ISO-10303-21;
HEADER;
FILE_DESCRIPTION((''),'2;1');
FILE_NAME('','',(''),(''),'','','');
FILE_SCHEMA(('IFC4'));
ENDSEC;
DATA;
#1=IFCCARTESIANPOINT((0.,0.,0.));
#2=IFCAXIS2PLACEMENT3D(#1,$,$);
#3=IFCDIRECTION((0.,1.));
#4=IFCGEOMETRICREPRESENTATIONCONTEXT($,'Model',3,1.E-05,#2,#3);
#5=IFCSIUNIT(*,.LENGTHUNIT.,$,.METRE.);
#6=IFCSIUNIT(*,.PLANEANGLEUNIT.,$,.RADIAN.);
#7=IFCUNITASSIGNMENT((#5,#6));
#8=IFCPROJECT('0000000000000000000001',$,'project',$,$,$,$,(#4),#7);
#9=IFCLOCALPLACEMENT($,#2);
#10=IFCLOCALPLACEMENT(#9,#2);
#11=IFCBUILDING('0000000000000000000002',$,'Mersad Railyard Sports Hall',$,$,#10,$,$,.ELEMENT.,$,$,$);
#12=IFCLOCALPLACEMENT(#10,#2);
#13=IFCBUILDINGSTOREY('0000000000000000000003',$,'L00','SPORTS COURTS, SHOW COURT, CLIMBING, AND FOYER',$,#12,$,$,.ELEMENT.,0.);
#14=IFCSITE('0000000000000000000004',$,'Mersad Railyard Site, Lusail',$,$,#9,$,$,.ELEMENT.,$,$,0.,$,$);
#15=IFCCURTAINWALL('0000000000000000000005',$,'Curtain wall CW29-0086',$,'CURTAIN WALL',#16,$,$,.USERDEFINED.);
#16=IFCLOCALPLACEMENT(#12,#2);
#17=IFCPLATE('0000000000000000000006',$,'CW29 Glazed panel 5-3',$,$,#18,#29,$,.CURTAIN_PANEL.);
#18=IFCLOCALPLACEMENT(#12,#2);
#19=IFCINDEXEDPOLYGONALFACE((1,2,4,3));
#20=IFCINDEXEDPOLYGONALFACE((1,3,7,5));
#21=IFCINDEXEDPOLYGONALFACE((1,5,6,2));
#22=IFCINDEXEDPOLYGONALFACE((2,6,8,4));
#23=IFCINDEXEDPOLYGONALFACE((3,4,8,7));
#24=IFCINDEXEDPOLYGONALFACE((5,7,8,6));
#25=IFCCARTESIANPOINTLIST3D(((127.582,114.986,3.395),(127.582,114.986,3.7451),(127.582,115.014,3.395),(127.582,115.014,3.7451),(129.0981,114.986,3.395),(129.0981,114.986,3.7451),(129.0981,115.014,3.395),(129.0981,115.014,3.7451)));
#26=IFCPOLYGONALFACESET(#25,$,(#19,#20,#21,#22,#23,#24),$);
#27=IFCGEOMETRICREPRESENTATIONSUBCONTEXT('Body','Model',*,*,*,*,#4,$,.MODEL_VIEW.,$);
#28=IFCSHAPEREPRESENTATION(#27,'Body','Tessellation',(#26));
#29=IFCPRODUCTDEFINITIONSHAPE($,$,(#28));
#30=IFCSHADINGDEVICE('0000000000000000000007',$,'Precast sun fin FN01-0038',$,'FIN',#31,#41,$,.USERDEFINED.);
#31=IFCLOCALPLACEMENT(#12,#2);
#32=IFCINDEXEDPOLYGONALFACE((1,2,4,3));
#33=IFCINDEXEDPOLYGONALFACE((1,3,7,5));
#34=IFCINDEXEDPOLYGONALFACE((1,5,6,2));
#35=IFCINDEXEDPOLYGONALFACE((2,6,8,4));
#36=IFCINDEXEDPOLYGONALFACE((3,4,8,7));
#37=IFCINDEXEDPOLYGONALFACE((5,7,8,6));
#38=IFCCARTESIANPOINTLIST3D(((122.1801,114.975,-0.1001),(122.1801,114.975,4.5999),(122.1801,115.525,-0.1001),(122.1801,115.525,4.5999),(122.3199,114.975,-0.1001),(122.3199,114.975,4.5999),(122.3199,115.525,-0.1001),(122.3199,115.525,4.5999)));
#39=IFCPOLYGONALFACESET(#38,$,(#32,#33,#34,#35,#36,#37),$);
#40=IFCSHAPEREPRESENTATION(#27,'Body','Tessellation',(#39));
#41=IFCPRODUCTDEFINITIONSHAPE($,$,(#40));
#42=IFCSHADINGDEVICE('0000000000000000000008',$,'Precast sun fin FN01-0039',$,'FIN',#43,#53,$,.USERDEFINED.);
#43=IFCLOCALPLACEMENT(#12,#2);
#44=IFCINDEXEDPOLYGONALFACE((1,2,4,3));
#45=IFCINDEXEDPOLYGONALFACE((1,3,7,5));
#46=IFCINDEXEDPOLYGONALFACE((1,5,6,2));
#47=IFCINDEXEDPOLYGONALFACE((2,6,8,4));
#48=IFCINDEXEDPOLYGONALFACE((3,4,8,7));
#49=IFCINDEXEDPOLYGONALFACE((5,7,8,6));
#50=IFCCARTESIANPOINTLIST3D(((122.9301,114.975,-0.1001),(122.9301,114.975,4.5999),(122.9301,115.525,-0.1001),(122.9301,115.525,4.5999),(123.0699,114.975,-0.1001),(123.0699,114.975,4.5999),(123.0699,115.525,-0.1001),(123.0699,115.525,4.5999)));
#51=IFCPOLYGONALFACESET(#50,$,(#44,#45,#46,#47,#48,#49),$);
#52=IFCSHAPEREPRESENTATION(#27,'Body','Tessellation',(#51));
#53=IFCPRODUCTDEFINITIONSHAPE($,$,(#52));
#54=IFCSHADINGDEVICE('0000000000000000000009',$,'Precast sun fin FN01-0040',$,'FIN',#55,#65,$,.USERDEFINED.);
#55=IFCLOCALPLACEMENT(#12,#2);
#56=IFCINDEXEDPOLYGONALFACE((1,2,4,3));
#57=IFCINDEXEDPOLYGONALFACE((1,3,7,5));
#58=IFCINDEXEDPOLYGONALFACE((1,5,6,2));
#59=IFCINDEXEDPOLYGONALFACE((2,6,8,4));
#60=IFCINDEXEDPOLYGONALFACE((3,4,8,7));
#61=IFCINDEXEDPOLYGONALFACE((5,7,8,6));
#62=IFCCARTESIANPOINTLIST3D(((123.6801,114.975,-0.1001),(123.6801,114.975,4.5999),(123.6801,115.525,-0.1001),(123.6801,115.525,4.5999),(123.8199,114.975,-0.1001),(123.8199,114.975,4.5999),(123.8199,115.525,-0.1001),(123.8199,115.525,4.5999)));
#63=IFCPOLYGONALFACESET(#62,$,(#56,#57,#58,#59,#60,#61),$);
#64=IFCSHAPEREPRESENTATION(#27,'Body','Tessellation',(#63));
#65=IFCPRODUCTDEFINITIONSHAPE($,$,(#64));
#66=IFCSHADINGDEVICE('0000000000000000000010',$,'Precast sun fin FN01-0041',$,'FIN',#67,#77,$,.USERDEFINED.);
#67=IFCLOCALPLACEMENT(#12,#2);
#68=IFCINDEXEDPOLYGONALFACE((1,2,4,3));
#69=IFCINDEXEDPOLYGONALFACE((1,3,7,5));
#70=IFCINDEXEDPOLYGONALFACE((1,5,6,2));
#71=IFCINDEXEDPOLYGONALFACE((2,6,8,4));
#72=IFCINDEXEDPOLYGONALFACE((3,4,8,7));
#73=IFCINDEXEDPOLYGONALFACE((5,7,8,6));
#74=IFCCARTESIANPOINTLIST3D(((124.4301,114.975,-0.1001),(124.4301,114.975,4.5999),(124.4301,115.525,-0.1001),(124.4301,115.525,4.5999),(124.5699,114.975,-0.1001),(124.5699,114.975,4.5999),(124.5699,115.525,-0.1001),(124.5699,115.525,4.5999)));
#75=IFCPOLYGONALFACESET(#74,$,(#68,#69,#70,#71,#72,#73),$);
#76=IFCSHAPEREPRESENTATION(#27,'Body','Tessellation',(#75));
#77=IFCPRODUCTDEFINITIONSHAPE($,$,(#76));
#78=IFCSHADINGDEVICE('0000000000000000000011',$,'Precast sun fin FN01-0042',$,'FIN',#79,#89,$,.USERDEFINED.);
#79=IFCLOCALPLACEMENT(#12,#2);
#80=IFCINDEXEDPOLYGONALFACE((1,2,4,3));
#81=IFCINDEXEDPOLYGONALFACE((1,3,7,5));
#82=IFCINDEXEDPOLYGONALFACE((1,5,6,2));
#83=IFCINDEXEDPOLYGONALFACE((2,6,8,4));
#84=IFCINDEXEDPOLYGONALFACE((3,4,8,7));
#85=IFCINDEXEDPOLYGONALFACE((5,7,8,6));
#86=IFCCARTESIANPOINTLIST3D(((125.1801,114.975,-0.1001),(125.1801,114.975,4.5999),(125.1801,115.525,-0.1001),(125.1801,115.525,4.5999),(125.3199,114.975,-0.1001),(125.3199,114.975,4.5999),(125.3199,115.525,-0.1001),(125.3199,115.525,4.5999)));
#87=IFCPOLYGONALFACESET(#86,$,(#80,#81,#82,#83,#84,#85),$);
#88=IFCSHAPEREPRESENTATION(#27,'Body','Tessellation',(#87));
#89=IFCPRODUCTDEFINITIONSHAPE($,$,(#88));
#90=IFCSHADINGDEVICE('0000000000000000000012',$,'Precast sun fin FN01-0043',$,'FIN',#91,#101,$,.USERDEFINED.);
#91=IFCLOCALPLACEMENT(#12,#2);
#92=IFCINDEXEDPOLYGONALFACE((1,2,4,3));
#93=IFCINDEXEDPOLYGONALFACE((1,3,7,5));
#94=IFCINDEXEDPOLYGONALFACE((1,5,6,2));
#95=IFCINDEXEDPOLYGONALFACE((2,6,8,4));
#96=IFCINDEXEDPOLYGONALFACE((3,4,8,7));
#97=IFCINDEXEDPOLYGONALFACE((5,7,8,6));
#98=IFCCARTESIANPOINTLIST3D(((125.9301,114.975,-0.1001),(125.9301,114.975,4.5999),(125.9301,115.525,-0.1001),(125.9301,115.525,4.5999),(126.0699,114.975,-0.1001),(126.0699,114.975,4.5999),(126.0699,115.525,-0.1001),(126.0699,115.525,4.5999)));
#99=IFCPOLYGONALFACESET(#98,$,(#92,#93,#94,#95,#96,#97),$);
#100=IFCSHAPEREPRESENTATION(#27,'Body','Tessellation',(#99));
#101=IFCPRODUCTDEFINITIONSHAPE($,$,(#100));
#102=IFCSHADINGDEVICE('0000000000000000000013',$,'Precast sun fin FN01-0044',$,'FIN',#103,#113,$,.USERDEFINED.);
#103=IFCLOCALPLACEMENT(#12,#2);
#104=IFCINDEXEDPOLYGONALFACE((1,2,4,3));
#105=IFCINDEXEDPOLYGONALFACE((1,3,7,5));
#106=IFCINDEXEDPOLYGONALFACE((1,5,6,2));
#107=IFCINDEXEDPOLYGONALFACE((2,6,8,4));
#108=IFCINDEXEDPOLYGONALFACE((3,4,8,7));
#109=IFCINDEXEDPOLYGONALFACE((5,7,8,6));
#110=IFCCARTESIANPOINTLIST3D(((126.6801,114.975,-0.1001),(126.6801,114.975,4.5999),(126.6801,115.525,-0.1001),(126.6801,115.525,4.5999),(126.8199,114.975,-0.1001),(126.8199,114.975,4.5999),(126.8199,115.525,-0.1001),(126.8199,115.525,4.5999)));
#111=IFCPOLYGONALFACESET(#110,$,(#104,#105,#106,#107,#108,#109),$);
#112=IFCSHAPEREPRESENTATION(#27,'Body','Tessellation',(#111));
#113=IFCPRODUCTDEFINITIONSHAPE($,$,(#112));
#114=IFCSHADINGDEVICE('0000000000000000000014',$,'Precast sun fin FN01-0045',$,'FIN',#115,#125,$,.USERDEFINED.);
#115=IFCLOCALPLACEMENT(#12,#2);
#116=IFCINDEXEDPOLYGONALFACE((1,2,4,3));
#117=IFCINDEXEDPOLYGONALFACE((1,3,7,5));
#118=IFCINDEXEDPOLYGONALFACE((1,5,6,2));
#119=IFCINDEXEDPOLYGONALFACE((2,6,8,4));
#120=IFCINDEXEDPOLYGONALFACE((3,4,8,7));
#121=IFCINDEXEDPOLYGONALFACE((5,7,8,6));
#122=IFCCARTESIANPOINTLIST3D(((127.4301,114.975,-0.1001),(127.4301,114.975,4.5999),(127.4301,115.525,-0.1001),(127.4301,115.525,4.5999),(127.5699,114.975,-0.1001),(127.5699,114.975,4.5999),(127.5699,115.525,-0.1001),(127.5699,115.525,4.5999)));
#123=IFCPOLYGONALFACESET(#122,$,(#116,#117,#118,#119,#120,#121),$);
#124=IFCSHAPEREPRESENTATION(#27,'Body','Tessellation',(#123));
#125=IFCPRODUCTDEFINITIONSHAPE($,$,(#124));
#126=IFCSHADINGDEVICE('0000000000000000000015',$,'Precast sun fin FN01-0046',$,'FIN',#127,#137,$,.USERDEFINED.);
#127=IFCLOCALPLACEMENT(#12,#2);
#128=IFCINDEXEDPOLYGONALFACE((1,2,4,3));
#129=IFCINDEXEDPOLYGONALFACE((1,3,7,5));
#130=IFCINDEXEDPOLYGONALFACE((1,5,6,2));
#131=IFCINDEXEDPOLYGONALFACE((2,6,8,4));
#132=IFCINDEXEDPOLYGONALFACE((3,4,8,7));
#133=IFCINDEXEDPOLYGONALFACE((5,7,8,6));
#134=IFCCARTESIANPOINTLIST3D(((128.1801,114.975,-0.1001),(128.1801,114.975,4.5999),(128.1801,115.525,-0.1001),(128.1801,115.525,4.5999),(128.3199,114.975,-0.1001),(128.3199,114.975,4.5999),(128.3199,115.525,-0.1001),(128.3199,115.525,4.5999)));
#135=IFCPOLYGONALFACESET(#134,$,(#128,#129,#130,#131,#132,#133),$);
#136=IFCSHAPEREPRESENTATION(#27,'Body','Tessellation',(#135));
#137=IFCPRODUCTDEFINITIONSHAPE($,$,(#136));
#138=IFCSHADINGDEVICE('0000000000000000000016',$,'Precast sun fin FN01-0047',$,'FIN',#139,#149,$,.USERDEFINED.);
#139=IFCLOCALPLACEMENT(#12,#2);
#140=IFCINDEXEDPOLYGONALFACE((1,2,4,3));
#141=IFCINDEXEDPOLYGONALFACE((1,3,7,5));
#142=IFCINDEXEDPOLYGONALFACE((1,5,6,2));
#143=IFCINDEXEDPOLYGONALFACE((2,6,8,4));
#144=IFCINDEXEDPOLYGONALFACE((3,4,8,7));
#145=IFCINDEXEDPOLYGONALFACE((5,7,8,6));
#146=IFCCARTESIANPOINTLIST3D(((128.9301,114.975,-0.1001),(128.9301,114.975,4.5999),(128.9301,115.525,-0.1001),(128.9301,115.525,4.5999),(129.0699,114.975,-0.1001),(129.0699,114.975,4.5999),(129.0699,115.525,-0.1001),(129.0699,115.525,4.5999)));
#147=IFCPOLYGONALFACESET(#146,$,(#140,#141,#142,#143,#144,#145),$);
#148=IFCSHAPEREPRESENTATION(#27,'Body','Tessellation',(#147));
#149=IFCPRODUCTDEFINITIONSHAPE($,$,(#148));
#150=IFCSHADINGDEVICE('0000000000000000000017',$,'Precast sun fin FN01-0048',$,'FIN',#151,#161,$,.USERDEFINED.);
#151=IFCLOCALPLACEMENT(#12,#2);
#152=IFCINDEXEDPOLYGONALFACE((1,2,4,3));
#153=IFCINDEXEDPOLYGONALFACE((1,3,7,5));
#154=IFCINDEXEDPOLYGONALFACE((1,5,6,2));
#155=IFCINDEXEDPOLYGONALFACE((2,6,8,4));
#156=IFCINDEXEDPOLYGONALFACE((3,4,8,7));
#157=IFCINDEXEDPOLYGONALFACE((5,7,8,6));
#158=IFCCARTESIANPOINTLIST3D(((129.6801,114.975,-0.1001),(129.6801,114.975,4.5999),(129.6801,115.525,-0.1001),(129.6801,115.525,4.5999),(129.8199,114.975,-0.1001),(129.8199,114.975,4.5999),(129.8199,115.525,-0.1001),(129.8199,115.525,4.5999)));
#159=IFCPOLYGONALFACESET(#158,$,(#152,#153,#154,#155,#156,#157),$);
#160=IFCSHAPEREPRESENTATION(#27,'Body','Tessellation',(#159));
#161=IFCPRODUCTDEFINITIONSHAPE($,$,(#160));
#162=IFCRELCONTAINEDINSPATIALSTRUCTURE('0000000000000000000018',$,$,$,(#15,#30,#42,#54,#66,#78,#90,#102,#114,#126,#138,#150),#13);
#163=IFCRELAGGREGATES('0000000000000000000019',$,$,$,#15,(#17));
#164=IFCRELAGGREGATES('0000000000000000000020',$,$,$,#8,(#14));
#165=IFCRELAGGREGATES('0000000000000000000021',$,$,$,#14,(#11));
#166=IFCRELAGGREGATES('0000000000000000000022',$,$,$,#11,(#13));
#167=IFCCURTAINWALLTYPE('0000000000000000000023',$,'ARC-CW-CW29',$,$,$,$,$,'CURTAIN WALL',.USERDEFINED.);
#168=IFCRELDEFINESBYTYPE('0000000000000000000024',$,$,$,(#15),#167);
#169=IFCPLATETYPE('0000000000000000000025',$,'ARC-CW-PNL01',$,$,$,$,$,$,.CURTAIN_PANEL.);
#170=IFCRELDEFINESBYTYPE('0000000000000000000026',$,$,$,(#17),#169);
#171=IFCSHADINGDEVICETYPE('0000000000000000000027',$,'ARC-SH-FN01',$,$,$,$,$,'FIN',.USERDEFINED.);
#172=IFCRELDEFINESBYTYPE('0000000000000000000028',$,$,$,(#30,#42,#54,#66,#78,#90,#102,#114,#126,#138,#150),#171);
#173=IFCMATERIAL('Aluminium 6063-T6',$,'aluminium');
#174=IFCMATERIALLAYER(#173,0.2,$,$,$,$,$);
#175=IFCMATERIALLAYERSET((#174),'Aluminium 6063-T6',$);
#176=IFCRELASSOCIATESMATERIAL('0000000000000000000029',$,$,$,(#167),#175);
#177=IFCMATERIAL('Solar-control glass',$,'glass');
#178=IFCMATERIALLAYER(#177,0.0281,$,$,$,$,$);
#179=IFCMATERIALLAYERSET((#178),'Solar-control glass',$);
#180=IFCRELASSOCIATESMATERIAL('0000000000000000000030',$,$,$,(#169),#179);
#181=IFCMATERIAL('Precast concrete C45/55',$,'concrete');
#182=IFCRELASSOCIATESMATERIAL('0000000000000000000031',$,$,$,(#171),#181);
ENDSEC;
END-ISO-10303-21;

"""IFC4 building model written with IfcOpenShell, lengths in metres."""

from ifc_helpers import new_model, si_unit, direction, frame, origin, origin_2d, place, context, subcontext, project, spatial, rectangle, extrude, material, layer, layer_set, type_object, element, aggregate, save


model = new_model("IFC4")

# Units and contexts
model_context = context("Model", 3, precision=1e-05, world=origin(), true_north=direction((0.0, 1.0)))
body_context = subcontext(model_context, "Body", "Model", "MODEL_VIEW")
ifc_project = project(units=[si_unit("LENGTHUNIT", "METRE"), si_unit("PLANEANGLEUNIT", "RADIAN")], contexts=[model_context])

# Site, building, storey
site_placement = place(None, origin())
site = spatial("IfcSite", under=ifc_project, at=site_placement, Name="Mersad Railyard Site, Lusail", CompositionType="ELEMENT", RefElevation=0.0)
building_placement = place(site_placement, origin())
building = spatial("IfcBuilding", under=site, at=building_placement, Name="Mersad Railyard Sports Hall", CompositionType="ELEMENT")
storey_placement = place(building_placement, origin())
storey = spatial("IfcBuildingStorey", under=building, at=storey_placement, Name="L00", Description="SPORTS COURTS, SHOW COURT, CLIMBING, AND FOYER", CompositionType="ELEMENT", Elevation=0.0)

# Curtain wall, plate
ifc_material_1 = material(Name="Aluminium 6063-T6", Category="aluminium")
ifc_layer_1 = layer(ifc_material_1, 0.2)
ifc_layer_set_1 = layer_set([ifc_layer_1], Name="Aluminium 6063-T6")
curtain_wall_type = type_object("IfcCurtainWallType", Name="ARC-CW-CW29", ElementType="CURTAIN WALL", PredefinedType="USERDEFINED", material=ifc_layer_set_1)
curtain_wall_placement = place(storey_placement, origin())
curtain_wall = element("IfcCurtainWall", 1, at=curtain_wall_placement, inside=storey, type_object=curtain_wall_type, Name="Curtain wall CW29-0086", ObjectType="CURTAIN WALL", PredefinedType="USERDEFINED")
ifc_material_2 = material(Name="Solar-control glass", Category="glass")
ifc_layer_2 = layer(ifc_material_2, 0.0281)
ifc_layer_set_2 = layer_set([ifc_layer_2], Name="Solar-control glass")
plate_type = type_object("IfcPlateType", Name="ARC-CW-PNL01", PredefinedType="CURTAIN_PANEL", material=ifc_layer_set_2)
plate_1_placement = place(storey_placement, frame((128.3401, 115.0, 3.395), z_axis=(0.0, 0.0, 1.0), x_axis=(1.0, 0.0, 0.0)))
plate_1 = element("IfcPlate", 2, at=plate_1_placement, type_object=plate_type, Name="CW29 Glazed panel 5-3", PredefinedType="CURTAIN_PANEL", context=body_context, shape_type="SweptSolid", body=[
    extrude(rectangle(XDim=1.5161, YDim=0.0281, at=origin_2d()), origin(), (0.0, 0.0, 1.0), 0.3501),
])
aggregate(curtain_wall, [plate_1])

# Shading devices
ifc_material_3 = material(Name="Precast concrete C45/55", Category="concrete")
shading_device_type = type_object("IfcShadingDeviceType", Name="ARC-SH-FN01", ElementType="FIN", PredefinedType="USERDEFINED", material=ifc_material_3)
for number, where, z_axis, x_axis, name in (
    (3, (122.25, 115.25, -0.1001), (0.0, 0.0, 1.0), (1.0, 0.0, 0.0), "Precast sun fin FN01-0038"),
    (4, (123.0, 115.25, -0.1001), (0.0, 0.0, 1.0), (1.0, 0.0, 0.0), "Precast sun fin FN01-0039"),
    (5, (123.75, 115.25, -0.1001), (0.0, 0.0, 1.0), (1.0, 0.0, 0.0), "Precast sun fin FN01-0040"),
    (6, (124.5, 115.25, -0.1001), (0.0, 0.0, 1.0), (1.0, 0.0, 0.0), "Precast sun fin FN01-0041"),
    (7, (125.25, 115.25, -0.1001), (0.0, 0.0, 1.0), (1.0, 0.0, 0.0), "Precast sun fin FN01-0042"),
    (8, (126.0, 115.25, -0.1001), (0.0, 0.0, 1.0), (1.0, 0.0, 0.0), "Precast sun fin FN01-0043"),
    (9, (126.75, 115.25, -0.1001), (0.0, 0.0, 1.0), (1.0, 0.0, 0.0), "Precast sun fin FN01-0044"),
    (10, (127.5, 115.25, -0.1001), (0.0, 0.0, 1.0), (1.0, 0.0, 0.0), "Precast sun fin FN01-0045"),
    (11, (128.25, 115.25, -0.1001), (0.0, 0.0, 1.0), (1.0, 0.0, 0.0), "Precast sun fin FN01-0046"),
    (12, (129.0, 115.25, -0.1001), (0.0, 0.0, 1.0), (1.0, 0.0, 0.0), "Precast sun fin FN01-0047"),
    (13, (129.75, 115.25, -0.1001), (0.0, 0.0, 1.0), (1.0, 0.0, 0.0), "Precast sun fin FN01-0048"),
):
    element("IfcShadingDevice", number, at=place(storey_placement, frame(where, z_axis=z_axis, x_axis=x_axis)), inside=storey, type_object=shading_device_type, Name=name, ObjectType="FIN", PredefinedType="USERDEFINED", context=body_context, shape_type="SweptSolid", body=[
        extrude(rectangle(XDim=0.1399, YDim=0.55, at=origin_2d()), origin(), (0.0, 0.0, 1.0), 4.7),
    ])

save(model, "model.ifc")
